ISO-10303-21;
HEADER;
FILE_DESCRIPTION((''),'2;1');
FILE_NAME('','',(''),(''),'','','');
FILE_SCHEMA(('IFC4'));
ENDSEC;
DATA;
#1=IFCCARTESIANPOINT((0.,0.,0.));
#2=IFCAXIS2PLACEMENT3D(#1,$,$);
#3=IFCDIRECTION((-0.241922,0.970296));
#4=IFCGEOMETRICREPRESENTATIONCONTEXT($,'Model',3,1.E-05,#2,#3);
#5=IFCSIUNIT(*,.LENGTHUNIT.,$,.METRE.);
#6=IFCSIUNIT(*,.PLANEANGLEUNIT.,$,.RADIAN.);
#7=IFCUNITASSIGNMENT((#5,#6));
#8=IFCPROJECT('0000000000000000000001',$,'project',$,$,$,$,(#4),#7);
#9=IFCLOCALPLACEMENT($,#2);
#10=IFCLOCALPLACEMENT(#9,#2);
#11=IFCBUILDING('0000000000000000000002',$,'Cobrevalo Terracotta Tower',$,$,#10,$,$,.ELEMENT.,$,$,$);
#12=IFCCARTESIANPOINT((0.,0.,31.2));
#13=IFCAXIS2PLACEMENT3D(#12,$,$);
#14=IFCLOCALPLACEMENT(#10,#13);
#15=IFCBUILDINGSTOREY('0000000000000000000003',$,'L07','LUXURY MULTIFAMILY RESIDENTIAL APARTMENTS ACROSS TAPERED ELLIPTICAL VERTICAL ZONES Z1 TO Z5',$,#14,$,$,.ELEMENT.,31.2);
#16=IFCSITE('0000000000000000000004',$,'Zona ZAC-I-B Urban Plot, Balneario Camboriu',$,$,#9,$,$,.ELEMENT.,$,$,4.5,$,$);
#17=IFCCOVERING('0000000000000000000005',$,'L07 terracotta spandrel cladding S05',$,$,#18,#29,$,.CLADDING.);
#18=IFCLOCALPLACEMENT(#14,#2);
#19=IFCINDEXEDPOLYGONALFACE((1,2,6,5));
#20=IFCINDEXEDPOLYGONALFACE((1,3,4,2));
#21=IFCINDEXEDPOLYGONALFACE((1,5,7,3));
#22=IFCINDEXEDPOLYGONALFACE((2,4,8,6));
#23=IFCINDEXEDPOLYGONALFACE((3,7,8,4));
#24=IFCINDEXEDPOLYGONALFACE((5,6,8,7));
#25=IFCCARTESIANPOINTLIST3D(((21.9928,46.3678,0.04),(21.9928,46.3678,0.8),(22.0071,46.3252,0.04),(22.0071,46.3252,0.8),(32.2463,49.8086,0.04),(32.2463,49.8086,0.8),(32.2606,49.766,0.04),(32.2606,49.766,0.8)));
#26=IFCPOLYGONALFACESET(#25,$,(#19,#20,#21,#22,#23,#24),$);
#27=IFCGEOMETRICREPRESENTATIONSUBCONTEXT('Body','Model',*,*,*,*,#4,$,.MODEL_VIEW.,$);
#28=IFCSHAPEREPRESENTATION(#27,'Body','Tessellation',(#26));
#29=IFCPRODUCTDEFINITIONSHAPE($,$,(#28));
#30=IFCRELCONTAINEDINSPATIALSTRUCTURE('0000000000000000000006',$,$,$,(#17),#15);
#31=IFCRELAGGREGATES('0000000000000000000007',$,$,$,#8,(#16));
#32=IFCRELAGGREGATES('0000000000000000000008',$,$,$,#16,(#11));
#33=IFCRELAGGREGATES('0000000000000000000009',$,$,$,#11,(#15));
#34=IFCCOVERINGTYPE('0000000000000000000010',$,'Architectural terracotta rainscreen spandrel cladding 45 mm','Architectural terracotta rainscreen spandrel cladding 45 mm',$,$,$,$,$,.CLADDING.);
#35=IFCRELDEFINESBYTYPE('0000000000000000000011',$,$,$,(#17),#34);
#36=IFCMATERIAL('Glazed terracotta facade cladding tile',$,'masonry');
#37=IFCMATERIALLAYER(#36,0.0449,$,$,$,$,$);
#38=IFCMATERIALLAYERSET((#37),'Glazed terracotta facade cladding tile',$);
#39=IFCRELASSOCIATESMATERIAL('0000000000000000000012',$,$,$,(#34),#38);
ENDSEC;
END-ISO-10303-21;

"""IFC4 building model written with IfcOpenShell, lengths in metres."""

from ifc_helpers import new_model, si_unit, direction, frame, origin, origin_2d, place, context, subcontext, project, spatial, rectangle, extrude, source, transform, mapped, material, layer, layer_set, type_object, element, save


model = new_model("IFC4")

# Units and contexts
model_context = context("Model", 3, precision=1e-05, world=origin(), true_north=direction((-0.241922, 0.970296)))
body_context = subcontext(model_context, "Body", "Model", "MODEL_VIEW")
ifc_project = project(units=[si_unit("LENGTHUNIT", "METRE"), si_unit("PLANEANGLEUNIT", "RADIAN")], contexts=[model_context])

# Site, building, storey
site_placement = place(None, origin())
site = spatial("IfcSite", under=ifc_project, at=site_placement, Name="Zona ZAC-I-B Urban Plot, Balneario Camboriu", CompositionType="ELEMENT", RefElevation=4.5)
building_placement = place(site_placement, origin())
building = spatial("IfcBuilding", under=site, at=building_placement, Name="Cobrevalo Terracotta Tower", CompositionType="ELEMENT")
storey_placement = place(building_placement, frame((0.0, 0.0, 31.2)))
storey = spatial("IfcBuildingStorey", under=building, at=storey_placement, Name="L07", Description="LUXURY MULTIFAMILY RESIDENTIAL APARTMENTS ACROSS TAPERED ELLIPTICAL VERTICAL ZONES Z1 TO Z5", CompositionType="ELEMENT", Elevation=31.2)

# Covering
ifc_material_1 = material(Name="Glazed terracotta facade cladding tile", Category="masonry")
ifc_layer_1 = layer(ifc_material_1, 0.0449)
ifc_layer_set_1 = layer_set([ifc_layer_1], Name="Glazed terracotta facade cladding tile")
covering_type = type_object("IfcCoveringType", Name="Architectural terracotta rainscreen spandrel cladding 45 mm", Description="Architectural terracotta rainscreen spandrel cladding 45 mm", PredefinedType="CLADDING", material=ifc_layer_set_1)
shared_shape_1 = source(origin(), body_context, "Body", "SweptSolid", [
    extrude(rectangle(XDim=10.8154, YDim=0.0449, at=origin_2d()), origin(), (0.0, 0.0, 1.0), 0.76),
])
covering_placement = place(storey_placement, frame((27.1267, 48.0669, 0.04), z_axis=(0.0, 0.0, 1.0), x_axis=(-0.948044, -0.318139, 0.0)))
element("IfcCovering", 1, at=covering_placement, inside=storey, type_object=covering_type, Name="L07 terracotta spandrel cladding S05", PredefinedType="CLADDING", context=body_context, shape_type="MappedRepresentation", body=[
    mapped(shared_shape_1, transform((0.0, 0.0, 0.0), scale=1.0)),
])

save(model, "model.ifc")
